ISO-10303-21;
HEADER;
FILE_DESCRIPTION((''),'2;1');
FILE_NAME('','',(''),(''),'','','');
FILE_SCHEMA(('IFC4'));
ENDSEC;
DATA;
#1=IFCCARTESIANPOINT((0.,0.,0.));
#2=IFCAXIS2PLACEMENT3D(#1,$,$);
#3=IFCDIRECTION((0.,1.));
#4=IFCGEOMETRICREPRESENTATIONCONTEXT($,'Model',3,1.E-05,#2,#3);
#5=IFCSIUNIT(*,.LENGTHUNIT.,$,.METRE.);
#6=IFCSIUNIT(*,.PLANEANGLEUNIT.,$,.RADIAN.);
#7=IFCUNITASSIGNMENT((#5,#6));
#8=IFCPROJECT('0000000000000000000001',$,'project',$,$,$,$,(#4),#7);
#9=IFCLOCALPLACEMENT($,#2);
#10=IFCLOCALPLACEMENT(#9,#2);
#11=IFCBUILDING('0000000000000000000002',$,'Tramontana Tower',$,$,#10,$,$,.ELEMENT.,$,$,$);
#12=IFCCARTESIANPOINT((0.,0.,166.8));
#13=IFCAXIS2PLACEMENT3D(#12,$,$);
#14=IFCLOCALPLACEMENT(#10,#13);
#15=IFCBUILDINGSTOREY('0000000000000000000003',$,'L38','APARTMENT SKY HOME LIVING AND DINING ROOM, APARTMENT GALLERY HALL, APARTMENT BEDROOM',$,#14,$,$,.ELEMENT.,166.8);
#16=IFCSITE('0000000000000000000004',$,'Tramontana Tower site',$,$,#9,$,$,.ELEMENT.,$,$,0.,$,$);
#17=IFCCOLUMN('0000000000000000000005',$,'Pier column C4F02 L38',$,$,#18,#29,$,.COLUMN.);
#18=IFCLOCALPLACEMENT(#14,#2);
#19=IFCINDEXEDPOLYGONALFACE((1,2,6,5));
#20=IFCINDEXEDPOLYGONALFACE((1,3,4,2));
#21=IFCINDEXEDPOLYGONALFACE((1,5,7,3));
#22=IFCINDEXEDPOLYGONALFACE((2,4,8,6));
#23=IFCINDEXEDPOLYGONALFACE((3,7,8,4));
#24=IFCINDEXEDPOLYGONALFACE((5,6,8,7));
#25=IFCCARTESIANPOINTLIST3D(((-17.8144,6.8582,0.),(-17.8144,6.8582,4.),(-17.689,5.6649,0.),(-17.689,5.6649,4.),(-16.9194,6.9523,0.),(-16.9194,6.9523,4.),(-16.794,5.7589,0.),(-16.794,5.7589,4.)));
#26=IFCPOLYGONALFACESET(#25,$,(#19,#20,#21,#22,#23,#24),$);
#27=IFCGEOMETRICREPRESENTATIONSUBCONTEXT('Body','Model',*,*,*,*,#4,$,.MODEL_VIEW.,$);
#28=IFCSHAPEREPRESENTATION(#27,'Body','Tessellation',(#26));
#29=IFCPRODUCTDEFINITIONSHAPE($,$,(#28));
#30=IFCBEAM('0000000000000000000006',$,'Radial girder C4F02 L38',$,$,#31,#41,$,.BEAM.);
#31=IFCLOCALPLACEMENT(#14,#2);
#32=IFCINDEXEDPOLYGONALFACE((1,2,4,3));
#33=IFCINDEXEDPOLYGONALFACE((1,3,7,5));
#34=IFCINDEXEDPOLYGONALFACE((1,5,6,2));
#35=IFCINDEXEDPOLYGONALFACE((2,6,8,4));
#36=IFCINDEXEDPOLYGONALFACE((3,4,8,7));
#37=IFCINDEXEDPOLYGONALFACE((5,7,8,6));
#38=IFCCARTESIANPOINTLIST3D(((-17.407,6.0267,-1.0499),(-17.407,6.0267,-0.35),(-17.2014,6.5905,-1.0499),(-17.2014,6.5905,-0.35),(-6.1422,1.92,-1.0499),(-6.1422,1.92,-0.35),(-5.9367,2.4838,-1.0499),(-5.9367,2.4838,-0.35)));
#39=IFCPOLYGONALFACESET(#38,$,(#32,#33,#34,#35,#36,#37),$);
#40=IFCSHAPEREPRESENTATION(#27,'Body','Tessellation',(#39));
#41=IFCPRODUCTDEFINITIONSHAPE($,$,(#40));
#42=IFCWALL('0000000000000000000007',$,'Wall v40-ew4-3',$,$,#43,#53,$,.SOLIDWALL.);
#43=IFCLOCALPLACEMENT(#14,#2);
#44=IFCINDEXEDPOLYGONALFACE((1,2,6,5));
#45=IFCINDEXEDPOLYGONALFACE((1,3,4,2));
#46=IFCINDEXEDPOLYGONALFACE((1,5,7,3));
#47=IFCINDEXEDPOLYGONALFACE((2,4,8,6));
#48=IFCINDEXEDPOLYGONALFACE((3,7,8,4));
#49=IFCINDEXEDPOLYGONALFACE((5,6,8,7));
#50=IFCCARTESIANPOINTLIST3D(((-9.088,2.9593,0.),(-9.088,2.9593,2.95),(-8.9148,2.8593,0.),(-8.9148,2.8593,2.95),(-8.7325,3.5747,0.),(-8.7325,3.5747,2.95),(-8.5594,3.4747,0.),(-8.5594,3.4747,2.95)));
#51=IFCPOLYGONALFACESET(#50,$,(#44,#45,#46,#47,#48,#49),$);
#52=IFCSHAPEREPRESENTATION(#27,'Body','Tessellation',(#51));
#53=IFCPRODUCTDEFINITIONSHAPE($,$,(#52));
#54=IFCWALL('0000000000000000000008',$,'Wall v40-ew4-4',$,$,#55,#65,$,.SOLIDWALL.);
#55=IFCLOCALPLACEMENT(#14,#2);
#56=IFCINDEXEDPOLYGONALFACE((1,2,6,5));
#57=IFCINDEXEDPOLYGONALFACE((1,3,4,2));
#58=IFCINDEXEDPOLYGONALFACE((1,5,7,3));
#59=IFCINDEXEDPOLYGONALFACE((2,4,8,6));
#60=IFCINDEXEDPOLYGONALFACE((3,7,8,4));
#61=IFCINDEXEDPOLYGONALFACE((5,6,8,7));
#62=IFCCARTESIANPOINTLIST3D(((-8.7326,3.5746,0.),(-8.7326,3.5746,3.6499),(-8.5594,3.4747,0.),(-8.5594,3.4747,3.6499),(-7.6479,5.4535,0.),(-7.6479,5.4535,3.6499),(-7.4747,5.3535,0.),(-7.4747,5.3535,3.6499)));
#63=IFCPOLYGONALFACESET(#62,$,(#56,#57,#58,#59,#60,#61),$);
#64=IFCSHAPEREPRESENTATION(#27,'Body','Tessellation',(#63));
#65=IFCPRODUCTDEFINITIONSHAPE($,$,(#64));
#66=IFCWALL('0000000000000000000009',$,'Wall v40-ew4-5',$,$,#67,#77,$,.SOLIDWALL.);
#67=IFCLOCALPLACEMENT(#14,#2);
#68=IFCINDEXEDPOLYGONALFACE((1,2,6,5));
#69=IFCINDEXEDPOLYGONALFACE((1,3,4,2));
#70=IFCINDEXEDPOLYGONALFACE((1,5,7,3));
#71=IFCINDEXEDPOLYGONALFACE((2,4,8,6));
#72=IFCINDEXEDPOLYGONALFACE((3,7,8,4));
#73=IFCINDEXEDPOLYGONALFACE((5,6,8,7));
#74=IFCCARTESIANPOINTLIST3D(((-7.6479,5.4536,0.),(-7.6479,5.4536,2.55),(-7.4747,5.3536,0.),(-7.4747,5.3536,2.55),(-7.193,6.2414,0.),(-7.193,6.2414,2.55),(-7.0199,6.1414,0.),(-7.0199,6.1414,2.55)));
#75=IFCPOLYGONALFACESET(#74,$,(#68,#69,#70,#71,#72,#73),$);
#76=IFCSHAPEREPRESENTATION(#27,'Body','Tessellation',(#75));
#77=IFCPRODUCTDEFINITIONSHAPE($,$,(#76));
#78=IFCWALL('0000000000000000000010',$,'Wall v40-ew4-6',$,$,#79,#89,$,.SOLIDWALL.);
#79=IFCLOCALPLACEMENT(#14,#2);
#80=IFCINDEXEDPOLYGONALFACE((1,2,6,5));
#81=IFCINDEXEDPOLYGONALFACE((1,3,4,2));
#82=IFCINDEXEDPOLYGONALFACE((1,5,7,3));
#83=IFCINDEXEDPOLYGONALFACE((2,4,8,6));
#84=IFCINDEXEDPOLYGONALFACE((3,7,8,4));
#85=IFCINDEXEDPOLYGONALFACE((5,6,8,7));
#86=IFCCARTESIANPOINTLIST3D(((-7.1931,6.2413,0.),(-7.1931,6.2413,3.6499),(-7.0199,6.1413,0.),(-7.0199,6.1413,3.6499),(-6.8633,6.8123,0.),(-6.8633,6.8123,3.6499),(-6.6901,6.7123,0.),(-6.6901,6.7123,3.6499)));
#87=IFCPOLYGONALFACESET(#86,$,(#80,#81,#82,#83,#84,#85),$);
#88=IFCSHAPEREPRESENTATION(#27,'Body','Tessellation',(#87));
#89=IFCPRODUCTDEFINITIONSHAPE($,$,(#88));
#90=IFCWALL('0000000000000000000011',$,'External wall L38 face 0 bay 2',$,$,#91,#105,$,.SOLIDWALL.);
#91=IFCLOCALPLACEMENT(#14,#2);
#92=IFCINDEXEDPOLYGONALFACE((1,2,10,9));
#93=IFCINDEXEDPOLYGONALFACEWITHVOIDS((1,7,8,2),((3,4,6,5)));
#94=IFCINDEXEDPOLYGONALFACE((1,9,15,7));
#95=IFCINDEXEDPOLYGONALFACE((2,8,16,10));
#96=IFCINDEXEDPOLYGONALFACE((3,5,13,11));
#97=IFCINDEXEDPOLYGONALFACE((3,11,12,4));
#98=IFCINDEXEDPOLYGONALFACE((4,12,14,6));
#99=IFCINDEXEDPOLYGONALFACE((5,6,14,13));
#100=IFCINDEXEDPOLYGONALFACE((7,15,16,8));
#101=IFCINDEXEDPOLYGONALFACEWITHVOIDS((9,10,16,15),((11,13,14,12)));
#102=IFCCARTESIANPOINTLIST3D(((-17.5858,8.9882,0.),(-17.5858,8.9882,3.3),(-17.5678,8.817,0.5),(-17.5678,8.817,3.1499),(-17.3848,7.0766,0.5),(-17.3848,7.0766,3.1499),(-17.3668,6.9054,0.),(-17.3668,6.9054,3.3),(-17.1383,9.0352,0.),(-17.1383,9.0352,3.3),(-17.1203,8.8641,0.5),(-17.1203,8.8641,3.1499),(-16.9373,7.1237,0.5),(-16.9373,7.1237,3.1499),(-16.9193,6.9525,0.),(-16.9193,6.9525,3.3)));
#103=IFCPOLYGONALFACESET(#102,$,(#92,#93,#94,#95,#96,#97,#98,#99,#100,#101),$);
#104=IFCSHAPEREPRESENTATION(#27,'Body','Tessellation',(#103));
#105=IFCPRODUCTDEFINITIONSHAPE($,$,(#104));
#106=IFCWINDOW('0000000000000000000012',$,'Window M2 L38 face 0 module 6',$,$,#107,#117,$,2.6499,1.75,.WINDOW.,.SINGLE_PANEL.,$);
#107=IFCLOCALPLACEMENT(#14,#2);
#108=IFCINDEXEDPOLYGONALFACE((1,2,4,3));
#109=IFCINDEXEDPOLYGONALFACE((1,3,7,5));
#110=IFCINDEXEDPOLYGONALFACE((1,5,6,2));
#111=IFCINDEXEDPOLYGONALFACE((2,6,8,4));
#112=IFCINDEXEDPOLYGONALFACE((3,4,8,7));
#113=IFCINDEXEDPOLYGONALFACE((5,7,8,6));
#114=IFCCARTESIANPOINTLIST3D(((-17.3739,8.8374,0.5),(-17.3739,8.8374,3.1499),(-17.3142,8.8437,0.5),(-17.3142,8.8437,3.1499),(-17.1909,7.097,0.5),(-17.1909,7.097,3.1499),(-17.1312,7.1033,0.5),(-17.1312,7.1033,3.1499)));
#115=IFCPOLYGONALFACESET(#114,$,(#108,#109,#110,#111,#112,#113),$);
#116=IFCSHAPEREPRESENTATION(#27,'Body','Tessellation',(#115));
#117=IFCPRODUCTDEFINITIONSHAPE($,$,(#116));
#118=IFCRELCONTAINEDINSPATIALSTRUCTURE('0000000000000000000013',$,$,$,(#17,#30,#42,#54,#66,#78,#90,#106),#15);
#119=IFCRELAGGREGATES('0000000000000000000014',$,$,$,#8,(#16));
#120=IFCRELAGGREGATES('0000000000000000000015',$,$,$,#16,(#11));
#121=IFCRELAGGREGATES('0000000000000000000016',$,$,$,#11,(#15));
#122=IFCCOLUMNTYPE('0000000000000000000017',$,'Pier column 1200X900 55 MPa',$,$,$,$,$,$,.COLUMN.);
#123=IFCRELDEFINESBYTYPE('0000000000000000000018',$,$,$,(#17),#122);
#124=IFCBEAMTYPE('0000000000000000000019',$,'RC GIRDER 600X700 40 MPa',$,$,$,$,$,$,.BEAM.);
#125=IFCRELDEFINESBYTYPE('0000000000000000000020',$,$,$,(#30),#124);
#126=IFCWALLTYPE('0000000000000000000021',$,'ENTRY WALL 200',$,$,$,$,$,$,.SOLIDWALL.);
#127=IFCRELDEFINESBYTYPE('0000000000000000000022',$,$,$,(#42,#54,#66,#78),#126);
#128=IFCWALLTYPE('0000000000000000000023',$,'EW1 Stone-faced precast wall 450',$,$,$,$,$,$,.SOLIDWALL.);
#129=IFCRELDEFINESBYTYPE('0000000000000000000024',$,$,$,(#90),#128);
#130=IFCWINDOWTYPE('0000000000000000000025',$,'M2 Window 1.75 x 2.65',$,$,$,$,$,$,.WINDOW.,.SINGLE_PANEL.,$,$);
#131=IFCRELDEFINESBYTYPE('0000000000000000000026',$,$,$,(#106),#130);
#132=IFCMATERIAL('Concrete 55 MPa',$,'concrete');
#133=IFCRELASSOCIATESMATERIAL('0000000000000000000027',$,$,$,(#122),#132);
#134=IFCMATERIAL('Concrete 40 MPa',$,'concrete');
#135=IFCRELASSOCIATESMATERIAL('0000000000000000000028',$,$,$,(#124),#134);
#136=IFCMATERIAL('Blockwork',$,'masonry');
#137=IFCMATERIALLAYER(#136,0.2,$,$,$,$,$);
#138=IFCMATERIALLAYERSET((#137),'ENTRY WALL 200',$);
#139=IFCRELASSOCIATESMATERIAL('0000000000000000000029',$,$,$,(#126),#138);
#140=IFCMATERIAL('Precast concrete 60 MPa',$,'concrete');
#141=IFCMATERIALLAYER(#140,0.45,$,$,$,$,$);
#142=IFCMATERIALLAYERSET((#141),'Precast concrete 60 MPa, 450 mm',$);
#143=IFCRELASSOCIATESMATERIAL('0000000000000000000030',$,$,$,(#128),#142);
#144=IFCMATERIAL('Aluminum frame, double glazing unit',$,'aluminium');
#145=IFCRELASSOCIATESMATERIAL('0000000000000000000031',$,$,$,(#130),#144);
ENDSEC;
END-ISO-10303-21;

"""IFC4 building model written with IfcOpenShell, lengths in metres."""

from ifc_helpers import new_model, si_unit, direction, frame, frame_2d, origin, origin_2d, place, context, subcontext, project, spatial, rectangle, extrude, material, layer, layer_set, material_profile, profile_set, type_object, element, fill, save


model = new_model("IFC4")

# Units and contexts
model_context = context("Model", 3, precision=1e-05, world=origin(), true_north=direction((0.0, 1.0)))
body_context = subcontext(model_context, "Body", "Model", "MODEL_VIEW")
ifc_project = project(units=[si_unit("LENGTHUNIT", "METRE"), si_unit("PLANEANGLEUNIT", "RADIAN")], contexts=[model_context])

# Site, building, storey
site_placement = place(None, origin())
site = spatial("IfcSite", under=ifc_project, at=site_placement, Name="Tramontana Tower site", CompositionType="ELEMENT", RefElevation=0.0)
building_placement = place(site_placement, origin())
building = spatial("IfcBuilding", under=site, at=building_placement, Name="Tramontana Tower", CompositionType="ELEMENT")
storey_placement = place(building_placement, frame((0.0, 0.0, 166.8)))
storey = spatial("IfcBuildingStorey", under=building, at=storey_placement, Name="L38", Description="APARTMENT SKY HOME LIVING AND DINING ROOM, APARTMENT GALLERY HALL, APARTMENT BEDROOM", CompositionType="ELEMENT", Elevation=166.8)

# Column
ifc_material_1 = material(Name="Concrete 55 MPa", Category="concrete")
ifc_material_profile_1 = material_profile(ifc_material_1, rectangle(XDim=1.2, YDim=0.8999, at=origin_2d()), Name="Pier column 1200X900 55 MPa")
ifc_profile_set_1 = profile_set([ifc_material_profile_1], Name="Concrete 55 MPa")
column_type = type_object("IfcColumnType", Name="Pier column 1200X900 55 MPa", PredefinedType="COLUMN", material=ifc_profile_set_1)
column_placement = place(storey_placement, frame((-17.3042, 6.3086, 0.0), z_axis=(0.0, 0.0, 1.0), x_axis=(0.104528, -0.994522, 0.0)))
element("IfcColumn", 1, at=column_placement, inside=storey, type_object=column_type, Name="Pier column C4F02 L38", PredefinedType="COLUMN", context=body_context, shape_type="SweptSolid", body=[
    extrude(rectangle(XDim=1.2, YDim=0.8999, at=origin_2d()), origin(), (0.0, 0.0, 1.0), 4.0),
])

# Beam
ifc_material_2 = material(Name="Concrete 40 MPa", Category="concrete")
ifc_material_profile_2 = material_profile(ifc_material_2, rectangle(XDim=0.6001, YDim=0.7, at=origin_2d()), Name="RC GIRDER 600X700 40 MPa")
ifc_profile_set_2 = profile_set([ifc_material_profile_2], Name="Concrete 40 MPa")
beam_type = type_object("IfcBeamType", Name="RC GIRDER 600X700 40 MPa", PredefinedType="BEAM", material=ifc_profile_set_2)
beam_placement = place(storey_placement, frame((-17.3042, 6.3086, -0.7), z_axis=(0.939513, -0.342513, 0.0), x_axis=(0.342513, 0.939513, 0.0)))
element("IfcBeam", 2, at=beam_placement, inside=storey, type_object=beam_type, Name="Radial girder C4F02 L38", PredefinedType="BEAM", context=body_context, shape_type="SweptSolid", body=[
    extrude(rectangle(XDim=0.6001, YDim=0.7, at=origin_2d()), origin(), (0.0, 0.0, 1.0), 11.99),
])

# Walls
ifc_material_3 = material(Name="Blockwork", Category="masonry")
ifc_layer_1 = layer(ifc_material_3, 0.2)
ifc_layer_set_1 = layer_set([ifc_layer_1], Name="ENTRY WALL 200")
wall_type_1 = type_object("IfcWallType", Name="ENTRY WALL 200", PredefinedType="SOLIDWALL", material=ifc_layer_set_1)
wall_1_placement = place(storey_placement, frame((-9.0015, 2.9092, 0.0), z_axis=(0.0, 0.0, 1.0), x_axis=(0.500129, 0.865951, 0.0)))
element("IfcWall", 3, at=wall_1_placement, inside=storey, type_object=wall_type_1, Name="Wall v40-ew4-3", PredefinedType="SOLIDWALL", context=body_context, shape_type="SweptSolid", body=[
    extrude(rectangle(XDim=0.7107, YDim=0.2, at=frame_2d((0.3555, 0.0))), origin(), (0.0, 0.0, 1.0), 2.95),
])
wall_2_placement = place(storey_placement, frame((-8.646, 3.5247, 0.0), z_axis=(0.0, 0.0, 1.0), x_axis=(0.499976, 0.866039, 0.0)))
element("IfcWall", 4, at=wall_2_placement, inside=storey, type_object=wall_type_1, Name="Wall v40-ew4-4", PredefinedType="SOLIDWALL", context=body_context, shape_type="SweptSolid", body=[
    extrude(rectangle(XDim=2.1694, YDim=0.2, at=frame_2d((1.0847, 0.0))), origin(), (0.0, 0.0, 1.0), 3.6499),
])
wall_3_placement = place(storey_placement, frame((-7.5613, 5.4036, 0.0), z_axis=(0.0, 0.0, 1.0), x_axis=(0.499978, 0.866038, 0.0)))
element("IfcWall", 5, at=wall_3_placement, inside=storey, type_object=wall_type_1, Name="Wall v40-ew4-5", PredefinedType="SOLIDWALL", context=body_context, shape_type="SweptSolid", body=[
    extrude(rectangle(XDim=0.9097, YDim=0.2, at=frame_2d((0.4548, 0.0))), origin(), (0.0, 0.0, 1.0), 2.55),
])
wall_4_placement = place(storey_placement, frame((-7.1064, 6.1914, 0.0), z_axis=(0.0, 0.0, 1.0), x_axis=(0.50016, 0.865933, 0.0)))
element("IfcWall", 6, at=wall_4_placement, inside=storey, type_object=wall_type_1, Name="Wall v40-ew4-6", PredefinedType="SOLIDWALL", context=body_context, shape_type="SweptSolid", body=[
    extrude(rectangle(XDim=0.6594, YDim=0.2, at=frame_2d((0.3296, 0.0))), origin(), (0.0, 0.0, 1.0), 3.6499),
])

# Wall, opening, window
ifc_material_4 = material(Name="Precast concrete 60 MPa", Category="concrete")
ifc_layer_2 = layer(ifc_material_4, 0.45)
ifc_layer_set_2 = layer_set([ifc_layer_2], Name="Precast concrete 60 MPa, 450 mm")
wall_type_2 = type_object("IfcWallType", Name="EW1 Stone-faced precast wall 450", PredefinedType="SOLIDWALL", material=ifc_layer_set_2)
wall_5_placement = place(storey_placement, frame((-17.3621, 9.0117, 0.0), z_axis=(0.0, 0.0, 1.0), x_axis=(0.104569, -0.994518, 0.0)))
wall_5 = element("IfcWall", 7, at=wall_5_placement, inside=storey, type_object=wall_type_2, Name="External wall L38 face 0 bay 2", PredefinedType="SOLIDWALL", context=body_context, shape_type="SweptSolid", body=[
    extrude(rectangle(XDim=2.0942, YDim=0.45, at=frame_2d((1.0471, 0.0))), origin(), (0.0, 0.0, 1.0), 3.3),
])
opening_1_placement = place(wall_5_placement, frame((0.1721, 0.0, 0.5)))
opening_1 = element("IfcOpeningElement", 8, at=opening_1_placement, cuts=wall_5, PredefinedType="OPENING", context=body_context, shape_type="SweptSolid", body=[
    extrude(rectangle(XDim=1.75, YDim=2.6499, at=frame_2d((0.875, 1.325))), frame((0.0, 0.2349, 0.0), z_axis=(0.0, -1.0, 0.0), x_axis=(1.0, 0.0, 0.0)), (0.0, 0.0, 1.0), 0.47),
])
ifc_material_5 = material(Name="Aluminum frame, double glazing unit", Category="aluminium")
window_type = type_object("IfcWindowType", Name="M2 Window 1.75 x 2.65", PartitioningType="SINGLE_PANEL", PredefinedType="WINDOW", material=ifc_material_5)
window_1_placement = place(opening_1_placement, origin())
window_1 = element("IfcWindow", 9, at=window_1_placement, inside=storey, type_object=window_type, Name="Window M2 L38 face 0 module 6", OverallHeight=2.6499, OverallWidth=1.75, PartitioningType="SINGLE_PANEL", PredefinedType="WINDOW", context=body_context, shape_type="SweptSolid", body=[
    extrude(rectangle(XDim=1.75, YDim=2.6499, at=frame_2d((0.875, 1.325))), frame((0.0, 0.03, 0.0), z_axis=(0.0, -1.0, 0.0), x_axis=(1.0, 0.0, 0.0)), (0.0, 0.0, 1.0), 0.0601),
])
fill(opening_1, window_1)

save(model, "model.ifc")
